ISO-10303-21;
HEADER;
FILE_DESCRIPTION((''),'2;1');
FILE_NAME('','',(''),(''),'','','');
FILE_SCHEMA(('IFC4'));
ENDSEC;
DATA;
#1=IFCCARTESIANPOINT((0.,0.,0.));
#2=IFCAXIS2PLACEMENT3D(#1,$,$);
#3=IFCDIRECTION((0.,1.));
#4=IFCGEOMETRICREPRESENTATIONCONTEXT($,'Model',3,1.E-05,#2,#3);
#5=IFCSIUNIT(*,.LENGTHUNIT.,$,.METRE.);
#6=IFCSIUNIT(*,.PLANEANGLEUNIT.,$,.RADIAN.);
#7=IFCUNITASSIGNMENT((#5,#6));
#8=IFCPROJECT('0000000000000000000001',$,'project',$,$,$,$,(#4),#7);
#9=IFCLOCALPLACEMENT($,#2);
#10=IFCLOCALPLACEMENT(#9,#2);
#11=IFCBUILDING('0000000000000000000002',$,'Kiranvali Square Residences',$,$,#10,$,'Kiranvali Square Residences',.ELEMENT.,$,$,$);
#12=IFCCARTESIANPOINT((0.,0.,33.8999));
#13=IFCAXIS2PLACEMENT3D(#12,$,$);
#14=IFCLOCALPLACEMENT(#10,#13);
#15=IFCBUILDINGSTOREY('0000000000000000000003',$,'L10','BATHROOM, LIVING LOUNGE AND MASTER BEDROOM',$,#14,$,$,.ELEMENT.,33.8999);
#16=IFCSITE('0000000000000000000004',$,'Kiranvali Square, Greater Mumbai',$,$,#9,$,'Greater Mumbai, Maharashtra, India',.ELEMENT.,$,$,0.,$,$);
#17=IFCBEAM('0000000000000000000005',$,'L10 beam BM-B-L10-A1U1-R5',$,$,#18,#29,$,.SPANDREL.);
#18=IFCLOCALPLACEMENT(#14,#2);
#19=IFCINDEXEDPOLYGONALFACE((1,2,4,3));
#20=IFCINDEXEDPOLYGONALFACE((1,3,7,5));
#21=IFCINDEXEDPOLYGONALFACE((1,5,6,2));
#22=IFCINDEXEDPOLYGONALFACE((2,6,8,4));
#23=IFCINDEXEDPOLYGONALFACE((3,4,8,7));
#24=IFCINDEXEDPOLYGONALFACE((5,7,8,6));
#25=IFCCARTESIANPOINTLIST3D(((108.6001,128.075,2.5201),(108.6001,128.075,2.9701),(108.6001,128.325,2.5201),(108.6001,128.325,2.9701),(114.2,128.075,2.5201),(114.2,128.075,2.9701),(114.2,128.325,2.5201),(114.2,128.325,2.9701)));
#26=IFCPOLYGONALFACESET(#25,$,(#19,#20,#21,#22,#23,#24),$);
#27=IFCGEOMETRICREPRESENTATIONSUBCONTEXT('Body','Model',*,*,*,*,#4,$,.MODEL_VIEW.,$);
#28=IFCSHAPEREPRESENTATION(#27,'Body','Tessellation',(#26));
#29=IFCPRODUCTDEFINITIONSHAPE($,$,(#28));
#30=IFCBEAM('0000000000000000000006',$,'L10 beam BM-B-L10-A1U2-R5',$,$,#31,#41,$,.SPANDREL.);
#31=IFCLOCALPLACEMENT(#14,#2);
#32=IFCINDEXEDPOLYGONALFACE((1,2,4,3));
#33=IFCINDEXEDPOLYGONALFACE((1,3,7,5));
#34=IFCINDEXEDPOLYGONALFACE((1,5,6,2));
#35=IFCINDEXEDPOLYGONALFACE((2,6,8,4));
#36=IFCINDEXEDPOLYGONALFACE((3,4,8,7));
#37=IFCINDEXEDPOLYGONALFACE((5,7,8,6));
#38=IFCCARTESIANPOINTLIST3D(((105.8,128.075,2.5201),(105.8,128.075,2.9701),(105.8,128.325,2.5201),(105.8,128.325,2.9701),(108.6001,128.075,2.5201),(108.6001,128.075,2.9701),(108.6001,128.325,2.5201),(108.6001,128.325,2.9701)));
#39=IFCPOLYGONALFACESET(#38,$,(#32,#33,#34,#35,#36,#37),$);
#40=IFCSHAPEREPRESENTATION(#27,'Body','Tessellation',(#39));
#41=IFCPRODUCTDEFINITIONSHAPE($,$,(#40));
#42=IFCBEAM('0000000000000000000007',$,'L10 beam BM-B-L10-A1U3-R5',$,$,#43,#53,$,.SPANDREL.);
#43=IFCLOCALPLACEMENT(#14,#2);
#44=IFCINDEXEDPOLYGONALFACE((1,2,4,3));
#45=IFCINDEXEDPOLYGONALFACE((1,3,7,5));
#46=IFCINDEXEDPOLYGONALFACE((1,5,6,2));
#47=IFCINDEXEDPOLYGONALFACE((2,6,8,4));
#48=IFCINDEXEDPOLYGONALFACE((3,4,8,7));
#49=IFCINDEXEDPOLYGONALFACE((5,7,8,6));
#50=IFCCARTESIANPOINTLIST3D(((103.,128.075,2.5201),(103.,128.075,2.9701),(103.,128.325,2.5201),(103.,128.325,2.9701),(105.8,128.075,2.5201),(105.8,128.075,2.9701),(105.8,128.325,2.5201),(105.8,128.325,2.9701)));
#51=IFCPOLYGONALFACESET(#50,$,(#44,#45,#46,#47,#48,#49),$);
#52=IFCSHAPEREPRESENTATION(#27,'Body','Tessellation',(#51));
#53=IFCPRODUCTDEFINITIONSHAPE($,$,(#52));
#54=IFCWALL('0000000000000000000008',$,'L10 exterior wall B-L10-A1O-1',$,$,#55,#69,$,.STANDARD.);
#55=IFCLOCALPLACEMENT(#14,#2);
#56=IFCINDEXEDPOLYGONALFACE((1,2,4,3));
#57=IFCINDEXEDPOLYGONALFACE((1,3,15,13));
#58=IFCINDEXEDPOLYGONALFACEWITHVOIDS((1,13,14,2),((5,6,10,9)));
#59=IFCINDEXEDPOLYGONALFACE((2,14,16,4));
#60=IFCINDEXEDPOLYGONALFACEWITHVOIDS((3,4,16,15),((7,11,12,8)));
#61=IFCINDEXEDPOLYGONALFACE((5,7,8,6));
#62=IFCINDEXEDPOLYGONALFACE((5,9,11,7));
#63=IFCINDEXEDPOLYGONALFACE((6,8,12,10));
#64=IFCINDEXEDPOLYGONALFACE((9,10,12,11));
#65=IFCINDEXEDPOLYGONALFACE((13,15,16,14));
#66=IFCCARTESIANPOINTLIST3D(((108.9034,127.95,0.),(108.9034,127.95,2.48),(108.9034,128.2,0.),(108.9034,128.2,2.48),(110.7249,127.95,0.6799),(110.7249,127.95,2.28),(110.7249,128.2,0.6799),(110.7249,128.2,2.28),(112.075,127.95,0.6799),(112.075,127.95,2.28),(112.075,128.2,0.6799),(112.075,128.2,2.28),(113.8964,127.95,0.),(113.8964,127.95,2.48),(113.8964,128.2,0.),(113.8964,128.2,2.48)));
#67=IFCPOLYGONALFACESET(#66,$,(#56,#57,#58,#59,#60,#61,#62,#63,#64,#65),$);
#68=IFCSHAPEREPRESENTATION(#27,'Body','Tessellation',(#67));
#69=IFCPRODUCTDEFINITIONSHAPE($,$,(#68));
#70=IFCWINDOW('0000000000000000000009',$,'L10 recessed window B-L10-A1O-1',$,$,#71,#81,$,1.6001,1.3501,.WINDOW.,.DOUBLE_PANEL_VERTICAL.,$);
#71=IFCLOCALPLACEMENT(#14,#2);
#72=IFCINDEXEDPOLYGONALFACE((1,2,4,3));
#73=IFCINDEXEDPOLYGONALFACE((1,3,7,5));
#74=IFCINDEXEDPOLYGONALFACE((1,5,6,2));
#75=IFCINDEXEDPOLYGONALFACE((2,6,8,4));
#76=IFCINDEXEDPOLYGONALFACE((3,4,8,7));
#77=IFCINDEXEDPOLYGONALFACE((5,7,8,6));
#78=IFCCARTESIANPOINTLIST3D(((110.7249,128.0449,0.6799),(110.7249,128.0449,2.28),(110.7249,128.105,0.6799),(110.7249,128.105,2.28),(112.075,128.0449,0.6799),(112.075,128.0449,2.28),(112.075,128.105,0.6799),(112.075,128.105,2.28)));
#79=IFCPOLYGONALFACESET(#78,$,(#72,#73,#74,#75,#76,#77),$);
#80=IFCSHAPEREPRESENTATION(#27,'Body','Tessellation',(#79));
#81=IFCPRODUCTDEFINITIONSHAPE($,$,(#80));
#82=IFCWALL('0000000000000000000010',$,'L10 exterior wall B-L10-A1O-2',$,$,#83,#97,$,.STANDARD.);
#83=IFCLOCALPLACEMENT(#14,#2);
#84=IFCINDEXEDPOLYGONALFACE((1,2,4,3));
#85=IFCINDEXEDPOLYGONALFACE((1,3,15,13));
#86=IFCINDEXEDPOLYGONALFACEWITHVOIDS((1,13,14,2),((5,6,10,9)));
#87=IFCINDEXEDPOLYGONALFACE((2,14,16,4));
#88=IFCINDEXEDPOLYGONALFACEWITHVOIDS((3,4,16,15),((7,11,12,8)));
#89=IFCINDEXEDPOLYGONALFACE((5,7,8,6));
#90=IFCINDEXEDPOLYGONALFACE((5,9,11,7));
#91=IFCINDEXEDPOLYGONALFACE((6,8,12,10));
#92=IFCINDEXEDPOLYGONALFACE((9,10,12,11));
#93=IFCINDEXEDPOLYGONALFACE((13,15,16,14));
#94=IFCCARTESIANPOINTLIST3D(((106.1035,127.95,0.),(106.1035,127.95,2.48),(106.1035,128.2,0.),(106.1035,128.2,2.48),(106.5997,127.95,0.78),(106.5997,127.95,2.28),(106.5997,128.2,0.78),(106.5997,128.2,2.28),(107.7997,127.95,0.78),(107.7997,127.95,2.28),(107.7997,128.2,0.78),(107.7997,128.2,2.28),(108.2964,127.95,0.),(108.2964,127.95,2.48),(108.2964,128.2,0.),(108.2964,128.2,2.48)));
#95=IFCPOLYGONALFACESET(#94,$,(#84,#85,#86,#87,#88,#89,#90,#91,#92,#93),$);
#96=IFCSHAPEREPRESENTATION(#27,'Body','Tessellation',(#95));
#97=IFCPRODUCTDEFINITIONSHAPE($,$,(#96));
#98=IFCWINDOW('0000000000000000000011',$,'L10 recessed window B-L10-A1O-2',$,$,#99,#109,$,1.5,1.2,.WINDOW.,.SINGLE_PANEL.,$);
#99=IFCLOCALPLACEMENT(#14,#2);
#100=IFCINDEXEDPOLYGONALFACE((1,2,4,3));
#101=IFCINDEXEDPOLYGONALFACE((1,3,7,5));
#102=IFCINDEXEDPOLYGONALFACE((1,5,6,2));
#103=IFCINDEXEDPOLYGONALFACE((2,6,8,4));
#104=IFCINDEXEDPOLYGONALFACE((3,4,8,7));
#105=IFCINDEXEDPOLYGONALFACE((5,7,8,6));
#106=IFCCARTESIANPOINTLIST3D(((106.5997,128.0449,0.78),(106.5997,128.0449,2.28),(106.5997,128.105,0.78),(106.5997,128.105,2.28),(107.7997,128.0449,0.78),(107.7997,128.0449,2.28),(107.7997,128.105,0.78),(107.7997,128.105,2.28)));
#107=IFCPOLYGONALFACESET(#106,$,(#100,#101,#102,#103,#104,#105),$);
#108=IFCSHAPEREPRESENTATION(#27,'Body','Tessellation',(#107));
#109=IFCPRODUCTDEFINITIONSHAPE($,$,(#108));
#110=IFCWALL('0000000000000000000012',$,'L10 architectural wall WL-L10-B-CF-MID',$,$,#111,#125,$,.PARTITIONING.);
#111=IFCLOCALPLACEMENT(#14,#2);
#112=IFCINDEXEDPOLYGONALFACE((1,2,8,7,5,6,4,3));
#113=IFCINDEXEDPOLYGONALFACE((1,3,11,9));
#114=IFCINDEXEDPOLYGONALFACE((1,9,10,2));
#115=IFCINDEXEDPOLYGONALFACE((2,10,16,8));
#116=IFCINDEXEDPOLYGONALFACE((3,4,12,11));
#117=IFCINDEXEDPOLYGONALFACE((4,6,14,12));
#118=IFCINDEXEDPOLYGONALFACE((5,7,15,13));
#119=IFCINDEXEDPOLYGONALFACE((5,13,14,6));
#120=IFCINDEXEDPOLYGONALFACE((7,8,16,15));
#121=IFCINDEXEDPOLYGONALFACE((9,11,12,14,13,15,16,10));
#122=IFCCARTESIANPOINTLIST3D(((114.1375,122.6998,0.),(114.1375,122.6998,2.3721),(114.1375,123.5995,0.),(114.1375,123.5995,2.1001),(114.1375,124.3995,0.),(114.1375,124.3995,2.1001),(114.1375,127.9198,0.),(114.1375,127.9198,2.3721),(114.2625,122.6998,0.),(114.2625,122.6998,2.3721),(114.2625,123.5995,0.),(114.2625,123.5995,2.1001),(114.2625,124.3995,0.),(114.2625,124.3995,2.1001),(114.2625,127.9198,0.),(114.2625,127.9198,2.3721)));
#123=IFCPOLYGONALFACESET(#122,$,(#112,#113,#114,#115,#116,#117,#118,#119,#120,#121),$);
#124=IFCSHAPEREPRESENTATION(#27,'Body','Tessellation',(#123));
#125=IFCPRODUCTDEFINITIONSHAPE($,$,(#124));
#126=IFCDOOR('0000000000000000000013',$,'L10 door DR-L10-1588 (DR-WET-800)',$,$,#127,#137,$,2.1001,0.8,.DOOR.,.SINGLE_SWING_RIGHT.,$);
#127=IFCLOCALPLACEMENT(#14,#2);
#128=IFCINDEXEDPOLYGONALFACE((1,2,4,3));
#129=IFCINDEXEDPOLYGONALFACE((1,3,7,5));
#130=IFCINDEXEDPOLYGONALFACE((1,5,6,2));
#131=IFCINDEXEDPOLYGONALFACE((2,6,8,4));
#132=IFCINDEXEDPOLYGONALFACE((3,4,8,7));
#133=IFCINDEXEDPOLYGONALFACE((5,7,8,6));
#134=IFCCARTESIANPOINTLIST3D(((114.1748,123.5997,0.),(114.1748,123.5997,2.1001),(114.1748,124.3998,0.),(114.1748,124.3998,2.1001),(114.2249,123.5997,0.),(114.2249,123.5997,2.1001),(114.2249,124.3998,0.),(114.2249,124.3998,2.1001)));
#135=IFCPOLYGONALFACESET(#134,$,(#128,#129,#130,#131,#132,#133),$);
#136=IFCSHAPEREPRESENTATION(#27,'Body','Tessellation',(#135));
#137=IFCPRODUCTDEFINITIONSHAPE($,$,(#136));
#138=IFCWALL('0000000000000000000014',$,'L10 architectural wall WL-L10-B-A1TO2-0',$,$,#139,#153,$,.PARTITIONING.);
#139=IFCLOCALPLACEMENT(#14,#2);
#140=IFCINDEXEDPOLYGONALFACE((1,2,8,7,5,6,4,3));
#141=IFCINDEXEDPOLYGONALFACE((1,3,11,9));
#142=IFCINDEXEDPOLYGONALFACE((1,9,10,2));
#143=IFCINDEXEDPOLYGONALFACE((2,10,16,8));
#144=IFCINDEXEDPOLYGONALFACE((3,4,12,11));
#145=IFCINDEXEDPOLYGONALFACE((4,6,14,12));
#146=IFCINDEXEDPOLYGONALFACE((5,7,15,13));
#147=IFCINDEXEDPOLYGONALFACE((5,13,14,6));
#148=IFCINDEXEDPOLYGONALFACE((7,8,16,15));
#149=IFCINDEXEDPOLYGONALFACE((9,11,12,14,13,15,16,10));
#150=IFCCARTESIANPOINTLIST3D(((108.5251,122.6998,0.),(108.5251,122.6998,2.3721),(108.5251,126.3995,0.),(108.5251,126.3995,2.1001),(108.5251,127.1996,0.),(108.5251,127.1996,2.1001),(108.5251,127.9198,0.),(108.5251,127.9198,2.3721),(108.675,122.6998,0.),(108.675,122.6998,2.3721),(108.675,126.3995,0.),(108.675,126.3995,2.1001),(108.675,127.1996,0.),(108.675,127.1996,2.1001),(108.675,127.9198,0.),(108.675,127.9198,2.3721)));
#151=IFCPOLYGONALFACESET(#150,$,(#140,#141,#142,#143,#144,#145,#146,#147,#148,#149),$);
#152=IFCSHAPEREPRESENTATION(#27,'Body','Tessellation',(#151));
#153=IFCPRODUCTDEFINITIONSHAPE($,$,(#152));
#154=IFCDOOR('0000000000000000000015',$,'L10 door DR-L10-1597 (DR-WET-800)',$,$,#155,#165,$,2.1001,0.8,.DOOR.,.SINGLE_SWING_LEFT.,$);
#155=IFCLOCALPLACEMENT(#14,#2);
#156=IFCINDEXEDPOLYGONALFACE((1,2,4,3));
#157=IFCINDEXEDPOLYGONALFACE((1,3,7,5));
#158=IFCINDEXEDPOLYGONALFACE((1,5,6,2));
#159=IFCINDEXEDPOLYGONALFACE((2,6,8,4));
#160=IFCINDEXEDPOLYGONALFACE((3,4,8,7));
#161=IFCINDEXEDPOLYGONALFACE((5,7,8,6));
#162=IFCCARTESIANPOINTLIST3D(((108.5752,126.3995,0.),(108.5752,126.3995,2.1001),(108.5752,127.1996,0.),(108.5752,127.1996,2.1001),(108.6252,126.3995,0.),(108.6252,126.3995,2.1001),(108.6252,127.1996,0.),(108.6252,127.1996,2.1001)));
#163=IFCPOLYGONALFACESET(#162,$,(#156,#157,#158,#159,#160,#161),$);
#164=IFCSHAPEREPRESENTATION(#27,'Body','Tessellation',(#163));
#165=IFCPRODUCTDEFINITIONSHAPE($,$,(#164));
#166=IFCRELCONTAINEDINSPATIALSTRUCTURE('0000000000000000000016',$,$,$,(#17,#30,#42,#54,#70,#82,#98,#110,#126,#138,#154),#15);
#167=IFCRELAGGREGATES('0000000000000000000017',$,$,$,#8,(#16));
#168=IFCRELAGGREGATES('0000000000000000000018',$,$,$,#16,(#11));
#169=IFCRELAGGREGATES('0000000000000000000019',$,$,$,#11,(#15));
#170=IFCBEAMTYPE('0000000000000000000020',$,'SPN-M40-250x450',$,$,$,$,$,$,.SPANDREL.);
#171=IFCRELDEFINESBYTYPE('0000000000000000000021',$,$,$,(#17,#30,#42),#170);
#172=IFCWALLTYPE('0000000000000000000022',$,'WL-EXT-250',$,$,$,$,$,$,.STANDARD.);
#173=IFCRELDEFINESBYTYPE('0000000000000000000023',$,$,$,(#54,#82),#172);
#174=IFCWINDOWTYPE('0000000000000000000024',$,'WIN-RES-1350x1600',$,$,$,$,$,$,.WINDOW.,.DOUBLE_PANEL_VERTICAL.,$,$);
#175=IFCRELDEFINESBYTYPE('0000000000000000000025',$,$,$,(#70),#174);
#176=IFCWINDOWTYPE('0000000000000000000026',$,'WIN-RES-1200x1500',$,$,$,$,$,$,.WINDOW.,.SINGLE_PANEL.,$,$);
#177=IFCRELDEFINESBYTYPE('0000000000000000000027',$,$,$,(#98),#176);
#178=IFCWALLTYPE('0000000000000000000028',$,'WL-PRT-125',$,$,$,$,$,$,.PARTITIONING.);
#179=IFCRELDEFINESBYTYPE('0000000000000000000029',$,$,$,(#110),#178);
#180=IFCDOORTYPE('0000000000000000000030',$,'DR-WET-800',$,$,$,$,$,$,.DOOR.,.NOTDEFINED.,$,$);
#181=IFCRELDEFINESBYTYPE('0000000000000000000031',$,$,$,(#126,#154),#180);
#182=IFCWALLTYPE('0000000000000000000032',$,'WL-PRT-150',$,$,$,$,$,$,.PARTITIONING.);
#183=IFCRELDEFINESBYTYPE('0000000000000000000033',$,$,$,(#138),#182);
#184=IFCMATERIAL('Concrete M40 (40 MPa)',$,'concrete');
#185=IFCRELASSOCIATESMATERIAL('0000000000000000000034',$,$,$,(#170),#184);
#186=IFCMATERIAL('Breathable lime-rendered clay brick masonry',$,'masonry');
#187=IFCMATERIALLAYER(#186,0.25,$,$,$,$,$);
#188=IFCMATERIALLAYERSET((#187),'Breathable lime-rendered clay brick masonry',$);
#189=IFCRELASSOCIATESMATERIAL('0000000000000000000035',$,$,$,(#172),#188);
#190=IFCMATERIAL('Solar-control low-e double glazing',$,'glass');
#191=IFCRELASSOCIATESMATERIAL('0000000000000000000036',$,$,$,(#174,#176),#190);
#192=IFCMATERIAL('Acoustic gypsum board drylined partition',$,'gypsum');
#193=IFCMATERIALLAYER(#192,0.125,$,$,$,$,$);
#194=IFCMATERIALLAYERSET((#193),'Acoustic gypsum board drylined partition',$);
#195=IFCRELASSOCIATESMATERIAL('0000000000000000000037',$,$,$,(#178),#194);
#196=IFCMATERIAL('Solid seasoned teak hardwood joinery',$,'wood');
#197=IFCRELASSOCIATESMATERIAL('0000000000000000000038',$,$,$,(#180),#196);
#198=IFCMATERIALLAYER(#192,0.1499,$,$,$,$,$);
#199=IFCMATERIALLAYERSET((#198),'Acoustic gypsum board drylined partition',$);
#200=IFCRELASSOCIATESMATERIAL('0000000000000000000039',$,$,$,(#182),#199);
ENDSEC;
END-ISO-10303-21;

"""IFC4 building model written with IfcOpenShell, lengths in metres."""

from ifc_helpers import new_model, si_unit, direction, frame, frame_2d, origin, origin_2d, place, context, subcontext, project, spatial, rectangle, extrude, material, layer, layer_set, material_profile, profile_set, type_object, element, fill, save


model = new_model("IFC4")

# Units and contexts
model_context = context("Model", 3, precision=1e-05, world=origin(), true_north=direction((0.0, 1.0)))
body_context = subcontext(model_context, "Body", "Model", "MODEL_VIEW")
ifc_project = project(units=[si_unit("LENGTHUNIT", "METRE"), si_unit("PLANEANGLEUNIT", "RADIAN")], contexts=[model_context])

# Site, building, storey
site_placement = place(None, origin())
site = spatial("IfcSite", under=ifc_project, at=site_placement, Name="Kiranvali Square, Greater Mumbai", LongName="Greater Mumbai, Maharashtra, India", CompositionType="ELEMENT", RefElevation=0.0)
building_placement = place(site_placement, origin())
building = spatial("IfcBuilding", under=site, at=building_placement, Name="Kiranvali Square Residences", LongName="Kiranvali Square Residences", CompositionType="ELEMENT")
storey_placement = place(building_placement, frame((0.0, 0.0, 33.8999)))
storey = spatial("IfcBuildingStorey", under=building, at=storey_placement, Name="L10", Description="BATHROOM, LIVING LOUNGE AND MASTER BEDROOM", CompositionType="ELEMENT", Elevation=33.8999)

# Shared definitions
ifc_material_1 = material(Name="Concrete M40 (40 MPa)", Category="concrete")

# Beams
ifc_material_profile_1 = material_profile(ifc_material_1, rectangle(XDim=0.25, YDim=0.45, at=origin_2d()), Name="RC 250x450")
ifc_profile_set_1 = profile_set([ifc_material_profile_1], Name="Concrete M40 (40 MPa)")
beam_type_1 = type_object("IfcBeamType", Name="SPN-M40-250x450", PredefinedType="SPANDREL", material=ifc_profile_set_1)
beam_1_placement = place(storey_placement, frame((114.2, 128.2, 2.7451), z_axis=(-1.0, 0.0, 0.0), x_axis=(0.0, -1.0, 0.0)))
element("IfcBeam", 1, at=beam_1_placement, inside=storey, type_object=beam_type_1, Name="L10 beam BM-B-L10-A1U1-R5", PredefinedType="SPANDREL", context=body_context, shape_type="SweptSolid", body=[
    extrude(rectangle(XDim=0.25, YDim=0.45, at=origin_2d()), origin(), (0.0, 0.0, 1.0), 5.5999),
])
for number, where, z_axis, x_axis, name in (
    (2, (108.6001, 128.2, 2.7451), (-1.0, 0.0, 0.0), (0.0, -1.0, 0.0), "L10 beam BM-B-L10-A1U2-R5"),
    (3, (105.8, 128.2, 2.7451), (-1.0, 0.0, 0.0), (0.0, -1.0, 0.0), "L10 beam BM-B-L10-A1U3-R5"),
):
    element("IfcBeam", number, at=place(storey_placement, frame(where, z_axis=z_axis, x_axis=x_axis)), inside=storey, type_object=beam_type_1, Name=name, PredefinedType="SPANDREL", context=body_context, shape_type="SweptSolid", body=[
        extrude(rectangle(XDim=0.25, YDim=0.45, at=origin_2d()), origin(), (0.0, 0.0, 1.0), 2.8),
    ])

# Walls, openings, windows
ifc_material_2 = material(Name="Breathable lime-rendered clay brick masonry", Category="masonry")
ifc_layer_1 = layer(ifc_material_2, 0.25)
ifc_layer_set_1 = layer_set([ifc_layer_1], Name="Breathable lime-rendered clay brick masonry")
wall_type_1 = type_object("IfcWallType", Name="WL-EXT-250", PredefinedType="STANDARD", material=ifc_layer_set_1)
wall_1_placement = place(storey_placement, frame((113.8965, 128.075, 0.0), z_axis=(0.0, 0.0, 1.0), x_axis=(-1.0, 0.0, 0.0)))
wall_1 = element("IfcWall", 4, at=wall_1_placement, inside=storey, type_object=wall_type_1, Name="L10 exterior wall B-L10-A1O-1", PredefinedType="STANDARD", context=body_context, shape_type="SweptSolid", body=[
    extrude(rectangle(XDim=4.9929, YDim=0.25, at=frame_2d((2.4966, 0.0))), origin(), (0.0, 0.0, 1.0), 2.48),
])
opening_1_placement = place(wall_1_placement, frame((1.8215, 0.0, 0.6799)))
opening_1 = element("IfcOpeningElement", 5, at=opening_1_placement, cuts=wall_1, PredefinedType="OPENING", context=body_context, shape_type="SweptSolid", body=[
    extrude(rectangle(XDim=1.3501, YDim=1.6001, at=frame_2d((0.675, 0.8))), frame((0.0, 0.135, 0.0), z_axis=(0.0, -1.0, 0.0), x_axis=(1.0, 0.0, 0.0)), (0.0, 0.0, 1.0), 0.27),
])
ifc_material_3 = material(Name="Solar-control low-e double glazing", Category="glass")
window_type_1 = type_object("IfcWindowType", Name="WIN-RES-1350x1600", PartitioningType="DOUBLE_PANEL_VERTICAL", PredefinedType="WINDOW", material=ifc_material_3)
window_1_placement = place(opening_1_placement, origin())
window_1 = element("IfcWindow", 6, at=window_1_placement, inside=storey, type_object=window_type_1, Name="L10 recessed window B-L10-A1O-1", OverallHeight=1.6001, OverallWidth=1.3501, PartitioningType="DOUBLE_PANEL_VERTICAL", PredefinedType="WINDOW", context=body_context, shape_type="SweptSolid", body=[
    extrude(rectangle(XDim=1.3501, YDim=1.6001, at=frame_2d((0.675, 0.8))), frame((0.0, 0.03, 0.0), z_axis=(0.0, -1.0, 0.0), x_axis=(1.0, 0.0, 0.0)), (0.0, 0.0, 1.0), 0.0601),
])
fill(opening_1, window_1)
wall_2_placement = place(storey_placement, frame((108.2964, 128.075, 0.0), z_axis=(0.0, 0.0, 1.0), x_axis=(-1.0, 0.0, 0.0)))
wall_2 = element("IfcWall", 7, at=wall_2_placement, inside=storey, type_object=wall_type_1, Name="L10 exterior wall B-L10-A1O-2", PredefinedType="STANDARD", context=body_context, shape_type="SweptSolid", body=[
    extrude(rectangle(XDim=2.1929, YDim=0.25, at=frame_2d((1.0964, 0.0))), origin(), (0.0, 0.0, 1.0), 2.48),
])
opening_2_placement = place(wall_2_placement, frame((0.4966, 0.0, 0.78)))
opening_2 = element("IfcOpeningElement", 8, at=opening_2_placement, cuts=wall_2, PredefinedType="OPENING", context=body_context, shape_type="SweptSolid", body=[
    extrude(rectangle(XDim=1.2, YDim=1.5, at=frame_2d((0.6001, 0.75))), frame((0.0, 0.135, 0.0), z_axis=(0.0, -1.0, 0.0), x_axis=(1.0, 0.0, 0.0)), (0.0, 0.0, 1.0), 0.27),
])
window_type_2 = type_object("IfcWindowType", Name="WIN-RES-1200x1500", PartitioningType="SINGLE_PANEL", PredefinedType="WINDOW", material=ifc_material_3)
window_2_placement = place(opening_2_placement, origin())
window_2 = element("IfcWindow", 9, at=window_2_placement, inside=storey, type_object=window_type_2, Name="L10 recessed window B-L10-A1O-2", OverallHeight=1.5, OverallWidth=1.2, PartitioningType="SINGLE_PANEL", PredefinedType="WINDOW", context=body_context, shape_type="SweptSolid", body=[
    extrude(rectangle(XDim=1.2, YDim=1.5, at=frame_2d((0.6001, 0.75))), frame((0.0, 0.03, 0.0), z_axis=(0.0, -1.0, 0.0), x_axis=(1.0, 0.0, 0.0)), (0.0, 0.0, 1.0), 0.0601),
])
fill(opening_2, window_2)

# Walls, openings, doors
ifc_material_4 = material(Name="Acoustic gypsum board drylined partition", Category="gypsum")
ifc_layer_2 = layer(ifc_material_4, 0.125)
ifc_layer_set_2 = layer_set([ifc_layer_2], Name="Acoustic gypsum board drylined partition")
wall_type_2 = type_object("IfcWallType", Name="WL-PRT-125", PredefinedType="PARTITIONING", material=ifc_layer_set_2)
wall_3_placement = place(storey_placement, frame((114.2, 122.7, 0.0), z_axis=(0.0, 0.0, 1.0), x_axis=(0.0, 1.0, 0.0)))
wall_3 = element("IfcWall", 10, at=wall_3_placement, inside=storey, type_object=wall_type_2, Name="L10 architectural wall WL-L10-B-CF-MID", PredefinedType="PARTITIONING", context=body_context, shape_type="SweptSolid", body=[
    extrude(rectangle(XDim=5.22, YDim=0.125, at=frame_2d((2.6099, 0.0))), origin(), (0.0, 0.0, 1.0), 2.3721),
])
opening_3_placement = place(wall_3_placement, frame((0.8997, 0.0, 0.0)))
opening_3 = element("IfcOpeningElement", 11, at=opening_3_placement, cuts=wall_3, PredefinedType="OPENING", context=body_context, shape_type="SweptSolid", body=[
    extrude(rectangle(XDim=0.8, YDim=2.1001, at=frame_2d((0.3999, 1.05))), frame((0.0, 0.0725, 0.0), z_axis=(0.0, -1.0, 0.0), x_axis=(1.0, 0.0, 0.0)), (0.0, 0.0, 1.0), 0.145),
])
ifc_material_5 = material(Name="Solid seasoned teak hardwood joinery", Category="wood")
door_type_1 = type_object("IfcDoorType", Name="DR-WET-800", OperationType="NOTDEFINED", PredefinedType="DOOR", material=ifc_material_5)
door_1_placement = place(opening_3_placement, frame((0.8, 0.0, 0.0), z_axis=(0.0, 0.0, 1.0), x_axis=(-1.0, 0.0, 0.0)))
door_1 = element("IfcDoor", 12, at=door_1_placement, inside=storey, type_object=door_type_1, Name="L10 door DR-L10-1588 (DR-WET-800)", OperationType="SINGLE_SWING_RIGHT", OverallHeight=2.1001, OverallWidth=0.8, PredefinedType="DOOR", context=body_context, shape_type="SweptSolid", body=[
    extrude(rectangle(XDim=0.8, YDim=2.1001, at=frame_2d((0.3999, 1.05))), frame((0.0, 0.0249, 0.0), z_axis=(0.0, -1.0, 0.0), x_axis=(1.0, 0.0, 0.0)), (0.0, 0.0, 1.0), 0.05),
])
fill(opening_3, door_1)
ifc_layer_3 = layer(ifc_material_4, 0.1499)
ifc_layer_set_3 = layer_set([ifc_layer_3], Name="Acoustic gypsum board drylined partition")
wall_type_3 = type_object("IfcWallType", Name="WL-PRT-150", PredefinedType="PARTITIONING", material=ifc_layer_set_3)
wall_4_placement = place(storey_placement, frame((108.6001, 122.7, 0.0), z_axis=(0.0, 0.0, 1.0), x_axis=(0.0, 1.0, 0.0)))
wall_4 = element("IfcWall", 13, at=wall_4_placement, inside=storey, type_object=wall_type_3, Name="L10 architectural wall WL-L10-B-A1TO2-0", PredefinedType="PARTITIONING", context=body_context, shape_type="SweptSolid", body=[
    extrude(rectangle(XDim=5.22, YDim=0.1499, at=frame_2d((2.6099, 0.0))), origin(), (0.0, 0.0, 1.0), 2.3721),
])
opening_4_placement = place(wall_4_placement, frame((3.6997, 0.0, 0.0)))
opening_4 = element("IfcOpeningElement", 14, at=opening_4_placement, cuts=wall_4, PredefinedType="OPENING", context=body_context, shape_type="SweptSolid", body=[
    extrude(rectangle(XDim=0.8, YDim=2.1001, at=frame_2d((0.3999, 1.05))), frame((0.0, 0.085, 0.0), z_axis=(0.0, -1.0, 0.0), x_axis=(1.0, 0.0, 0.0)), (0.0, 0.0, 1.0), 0.1699),
])
door_2_placement = place(opening_4_placement, origin())
door_2 = element("IfcDoor", 15, at=door_2_placement, inside=storey, type_object=door_type_1, Name="L10 door DR-L10-1597 (DR-WET-800)", OperationType="SINGLE_SWING_LEFT", OverallHeight=2.1001, OverallWidth=0.8, PredefinedType="DOOR", context=body_context, shape_type="SweptSolid", body=[
    extrude(rectangle(XDim=0.8, YDim=2.1001, at=frame_2d((0.3999, 1.05))), frame((0.0, 0.0249, 0.0), z_axis=(0.0, -1.0, 0.0), x_axis=(1.0, 0.0, 0.0)), (0.0, 0.0, 1.0), 0.05),
])
fill(opening_4, door_2)

save(model, "model.ifc")
